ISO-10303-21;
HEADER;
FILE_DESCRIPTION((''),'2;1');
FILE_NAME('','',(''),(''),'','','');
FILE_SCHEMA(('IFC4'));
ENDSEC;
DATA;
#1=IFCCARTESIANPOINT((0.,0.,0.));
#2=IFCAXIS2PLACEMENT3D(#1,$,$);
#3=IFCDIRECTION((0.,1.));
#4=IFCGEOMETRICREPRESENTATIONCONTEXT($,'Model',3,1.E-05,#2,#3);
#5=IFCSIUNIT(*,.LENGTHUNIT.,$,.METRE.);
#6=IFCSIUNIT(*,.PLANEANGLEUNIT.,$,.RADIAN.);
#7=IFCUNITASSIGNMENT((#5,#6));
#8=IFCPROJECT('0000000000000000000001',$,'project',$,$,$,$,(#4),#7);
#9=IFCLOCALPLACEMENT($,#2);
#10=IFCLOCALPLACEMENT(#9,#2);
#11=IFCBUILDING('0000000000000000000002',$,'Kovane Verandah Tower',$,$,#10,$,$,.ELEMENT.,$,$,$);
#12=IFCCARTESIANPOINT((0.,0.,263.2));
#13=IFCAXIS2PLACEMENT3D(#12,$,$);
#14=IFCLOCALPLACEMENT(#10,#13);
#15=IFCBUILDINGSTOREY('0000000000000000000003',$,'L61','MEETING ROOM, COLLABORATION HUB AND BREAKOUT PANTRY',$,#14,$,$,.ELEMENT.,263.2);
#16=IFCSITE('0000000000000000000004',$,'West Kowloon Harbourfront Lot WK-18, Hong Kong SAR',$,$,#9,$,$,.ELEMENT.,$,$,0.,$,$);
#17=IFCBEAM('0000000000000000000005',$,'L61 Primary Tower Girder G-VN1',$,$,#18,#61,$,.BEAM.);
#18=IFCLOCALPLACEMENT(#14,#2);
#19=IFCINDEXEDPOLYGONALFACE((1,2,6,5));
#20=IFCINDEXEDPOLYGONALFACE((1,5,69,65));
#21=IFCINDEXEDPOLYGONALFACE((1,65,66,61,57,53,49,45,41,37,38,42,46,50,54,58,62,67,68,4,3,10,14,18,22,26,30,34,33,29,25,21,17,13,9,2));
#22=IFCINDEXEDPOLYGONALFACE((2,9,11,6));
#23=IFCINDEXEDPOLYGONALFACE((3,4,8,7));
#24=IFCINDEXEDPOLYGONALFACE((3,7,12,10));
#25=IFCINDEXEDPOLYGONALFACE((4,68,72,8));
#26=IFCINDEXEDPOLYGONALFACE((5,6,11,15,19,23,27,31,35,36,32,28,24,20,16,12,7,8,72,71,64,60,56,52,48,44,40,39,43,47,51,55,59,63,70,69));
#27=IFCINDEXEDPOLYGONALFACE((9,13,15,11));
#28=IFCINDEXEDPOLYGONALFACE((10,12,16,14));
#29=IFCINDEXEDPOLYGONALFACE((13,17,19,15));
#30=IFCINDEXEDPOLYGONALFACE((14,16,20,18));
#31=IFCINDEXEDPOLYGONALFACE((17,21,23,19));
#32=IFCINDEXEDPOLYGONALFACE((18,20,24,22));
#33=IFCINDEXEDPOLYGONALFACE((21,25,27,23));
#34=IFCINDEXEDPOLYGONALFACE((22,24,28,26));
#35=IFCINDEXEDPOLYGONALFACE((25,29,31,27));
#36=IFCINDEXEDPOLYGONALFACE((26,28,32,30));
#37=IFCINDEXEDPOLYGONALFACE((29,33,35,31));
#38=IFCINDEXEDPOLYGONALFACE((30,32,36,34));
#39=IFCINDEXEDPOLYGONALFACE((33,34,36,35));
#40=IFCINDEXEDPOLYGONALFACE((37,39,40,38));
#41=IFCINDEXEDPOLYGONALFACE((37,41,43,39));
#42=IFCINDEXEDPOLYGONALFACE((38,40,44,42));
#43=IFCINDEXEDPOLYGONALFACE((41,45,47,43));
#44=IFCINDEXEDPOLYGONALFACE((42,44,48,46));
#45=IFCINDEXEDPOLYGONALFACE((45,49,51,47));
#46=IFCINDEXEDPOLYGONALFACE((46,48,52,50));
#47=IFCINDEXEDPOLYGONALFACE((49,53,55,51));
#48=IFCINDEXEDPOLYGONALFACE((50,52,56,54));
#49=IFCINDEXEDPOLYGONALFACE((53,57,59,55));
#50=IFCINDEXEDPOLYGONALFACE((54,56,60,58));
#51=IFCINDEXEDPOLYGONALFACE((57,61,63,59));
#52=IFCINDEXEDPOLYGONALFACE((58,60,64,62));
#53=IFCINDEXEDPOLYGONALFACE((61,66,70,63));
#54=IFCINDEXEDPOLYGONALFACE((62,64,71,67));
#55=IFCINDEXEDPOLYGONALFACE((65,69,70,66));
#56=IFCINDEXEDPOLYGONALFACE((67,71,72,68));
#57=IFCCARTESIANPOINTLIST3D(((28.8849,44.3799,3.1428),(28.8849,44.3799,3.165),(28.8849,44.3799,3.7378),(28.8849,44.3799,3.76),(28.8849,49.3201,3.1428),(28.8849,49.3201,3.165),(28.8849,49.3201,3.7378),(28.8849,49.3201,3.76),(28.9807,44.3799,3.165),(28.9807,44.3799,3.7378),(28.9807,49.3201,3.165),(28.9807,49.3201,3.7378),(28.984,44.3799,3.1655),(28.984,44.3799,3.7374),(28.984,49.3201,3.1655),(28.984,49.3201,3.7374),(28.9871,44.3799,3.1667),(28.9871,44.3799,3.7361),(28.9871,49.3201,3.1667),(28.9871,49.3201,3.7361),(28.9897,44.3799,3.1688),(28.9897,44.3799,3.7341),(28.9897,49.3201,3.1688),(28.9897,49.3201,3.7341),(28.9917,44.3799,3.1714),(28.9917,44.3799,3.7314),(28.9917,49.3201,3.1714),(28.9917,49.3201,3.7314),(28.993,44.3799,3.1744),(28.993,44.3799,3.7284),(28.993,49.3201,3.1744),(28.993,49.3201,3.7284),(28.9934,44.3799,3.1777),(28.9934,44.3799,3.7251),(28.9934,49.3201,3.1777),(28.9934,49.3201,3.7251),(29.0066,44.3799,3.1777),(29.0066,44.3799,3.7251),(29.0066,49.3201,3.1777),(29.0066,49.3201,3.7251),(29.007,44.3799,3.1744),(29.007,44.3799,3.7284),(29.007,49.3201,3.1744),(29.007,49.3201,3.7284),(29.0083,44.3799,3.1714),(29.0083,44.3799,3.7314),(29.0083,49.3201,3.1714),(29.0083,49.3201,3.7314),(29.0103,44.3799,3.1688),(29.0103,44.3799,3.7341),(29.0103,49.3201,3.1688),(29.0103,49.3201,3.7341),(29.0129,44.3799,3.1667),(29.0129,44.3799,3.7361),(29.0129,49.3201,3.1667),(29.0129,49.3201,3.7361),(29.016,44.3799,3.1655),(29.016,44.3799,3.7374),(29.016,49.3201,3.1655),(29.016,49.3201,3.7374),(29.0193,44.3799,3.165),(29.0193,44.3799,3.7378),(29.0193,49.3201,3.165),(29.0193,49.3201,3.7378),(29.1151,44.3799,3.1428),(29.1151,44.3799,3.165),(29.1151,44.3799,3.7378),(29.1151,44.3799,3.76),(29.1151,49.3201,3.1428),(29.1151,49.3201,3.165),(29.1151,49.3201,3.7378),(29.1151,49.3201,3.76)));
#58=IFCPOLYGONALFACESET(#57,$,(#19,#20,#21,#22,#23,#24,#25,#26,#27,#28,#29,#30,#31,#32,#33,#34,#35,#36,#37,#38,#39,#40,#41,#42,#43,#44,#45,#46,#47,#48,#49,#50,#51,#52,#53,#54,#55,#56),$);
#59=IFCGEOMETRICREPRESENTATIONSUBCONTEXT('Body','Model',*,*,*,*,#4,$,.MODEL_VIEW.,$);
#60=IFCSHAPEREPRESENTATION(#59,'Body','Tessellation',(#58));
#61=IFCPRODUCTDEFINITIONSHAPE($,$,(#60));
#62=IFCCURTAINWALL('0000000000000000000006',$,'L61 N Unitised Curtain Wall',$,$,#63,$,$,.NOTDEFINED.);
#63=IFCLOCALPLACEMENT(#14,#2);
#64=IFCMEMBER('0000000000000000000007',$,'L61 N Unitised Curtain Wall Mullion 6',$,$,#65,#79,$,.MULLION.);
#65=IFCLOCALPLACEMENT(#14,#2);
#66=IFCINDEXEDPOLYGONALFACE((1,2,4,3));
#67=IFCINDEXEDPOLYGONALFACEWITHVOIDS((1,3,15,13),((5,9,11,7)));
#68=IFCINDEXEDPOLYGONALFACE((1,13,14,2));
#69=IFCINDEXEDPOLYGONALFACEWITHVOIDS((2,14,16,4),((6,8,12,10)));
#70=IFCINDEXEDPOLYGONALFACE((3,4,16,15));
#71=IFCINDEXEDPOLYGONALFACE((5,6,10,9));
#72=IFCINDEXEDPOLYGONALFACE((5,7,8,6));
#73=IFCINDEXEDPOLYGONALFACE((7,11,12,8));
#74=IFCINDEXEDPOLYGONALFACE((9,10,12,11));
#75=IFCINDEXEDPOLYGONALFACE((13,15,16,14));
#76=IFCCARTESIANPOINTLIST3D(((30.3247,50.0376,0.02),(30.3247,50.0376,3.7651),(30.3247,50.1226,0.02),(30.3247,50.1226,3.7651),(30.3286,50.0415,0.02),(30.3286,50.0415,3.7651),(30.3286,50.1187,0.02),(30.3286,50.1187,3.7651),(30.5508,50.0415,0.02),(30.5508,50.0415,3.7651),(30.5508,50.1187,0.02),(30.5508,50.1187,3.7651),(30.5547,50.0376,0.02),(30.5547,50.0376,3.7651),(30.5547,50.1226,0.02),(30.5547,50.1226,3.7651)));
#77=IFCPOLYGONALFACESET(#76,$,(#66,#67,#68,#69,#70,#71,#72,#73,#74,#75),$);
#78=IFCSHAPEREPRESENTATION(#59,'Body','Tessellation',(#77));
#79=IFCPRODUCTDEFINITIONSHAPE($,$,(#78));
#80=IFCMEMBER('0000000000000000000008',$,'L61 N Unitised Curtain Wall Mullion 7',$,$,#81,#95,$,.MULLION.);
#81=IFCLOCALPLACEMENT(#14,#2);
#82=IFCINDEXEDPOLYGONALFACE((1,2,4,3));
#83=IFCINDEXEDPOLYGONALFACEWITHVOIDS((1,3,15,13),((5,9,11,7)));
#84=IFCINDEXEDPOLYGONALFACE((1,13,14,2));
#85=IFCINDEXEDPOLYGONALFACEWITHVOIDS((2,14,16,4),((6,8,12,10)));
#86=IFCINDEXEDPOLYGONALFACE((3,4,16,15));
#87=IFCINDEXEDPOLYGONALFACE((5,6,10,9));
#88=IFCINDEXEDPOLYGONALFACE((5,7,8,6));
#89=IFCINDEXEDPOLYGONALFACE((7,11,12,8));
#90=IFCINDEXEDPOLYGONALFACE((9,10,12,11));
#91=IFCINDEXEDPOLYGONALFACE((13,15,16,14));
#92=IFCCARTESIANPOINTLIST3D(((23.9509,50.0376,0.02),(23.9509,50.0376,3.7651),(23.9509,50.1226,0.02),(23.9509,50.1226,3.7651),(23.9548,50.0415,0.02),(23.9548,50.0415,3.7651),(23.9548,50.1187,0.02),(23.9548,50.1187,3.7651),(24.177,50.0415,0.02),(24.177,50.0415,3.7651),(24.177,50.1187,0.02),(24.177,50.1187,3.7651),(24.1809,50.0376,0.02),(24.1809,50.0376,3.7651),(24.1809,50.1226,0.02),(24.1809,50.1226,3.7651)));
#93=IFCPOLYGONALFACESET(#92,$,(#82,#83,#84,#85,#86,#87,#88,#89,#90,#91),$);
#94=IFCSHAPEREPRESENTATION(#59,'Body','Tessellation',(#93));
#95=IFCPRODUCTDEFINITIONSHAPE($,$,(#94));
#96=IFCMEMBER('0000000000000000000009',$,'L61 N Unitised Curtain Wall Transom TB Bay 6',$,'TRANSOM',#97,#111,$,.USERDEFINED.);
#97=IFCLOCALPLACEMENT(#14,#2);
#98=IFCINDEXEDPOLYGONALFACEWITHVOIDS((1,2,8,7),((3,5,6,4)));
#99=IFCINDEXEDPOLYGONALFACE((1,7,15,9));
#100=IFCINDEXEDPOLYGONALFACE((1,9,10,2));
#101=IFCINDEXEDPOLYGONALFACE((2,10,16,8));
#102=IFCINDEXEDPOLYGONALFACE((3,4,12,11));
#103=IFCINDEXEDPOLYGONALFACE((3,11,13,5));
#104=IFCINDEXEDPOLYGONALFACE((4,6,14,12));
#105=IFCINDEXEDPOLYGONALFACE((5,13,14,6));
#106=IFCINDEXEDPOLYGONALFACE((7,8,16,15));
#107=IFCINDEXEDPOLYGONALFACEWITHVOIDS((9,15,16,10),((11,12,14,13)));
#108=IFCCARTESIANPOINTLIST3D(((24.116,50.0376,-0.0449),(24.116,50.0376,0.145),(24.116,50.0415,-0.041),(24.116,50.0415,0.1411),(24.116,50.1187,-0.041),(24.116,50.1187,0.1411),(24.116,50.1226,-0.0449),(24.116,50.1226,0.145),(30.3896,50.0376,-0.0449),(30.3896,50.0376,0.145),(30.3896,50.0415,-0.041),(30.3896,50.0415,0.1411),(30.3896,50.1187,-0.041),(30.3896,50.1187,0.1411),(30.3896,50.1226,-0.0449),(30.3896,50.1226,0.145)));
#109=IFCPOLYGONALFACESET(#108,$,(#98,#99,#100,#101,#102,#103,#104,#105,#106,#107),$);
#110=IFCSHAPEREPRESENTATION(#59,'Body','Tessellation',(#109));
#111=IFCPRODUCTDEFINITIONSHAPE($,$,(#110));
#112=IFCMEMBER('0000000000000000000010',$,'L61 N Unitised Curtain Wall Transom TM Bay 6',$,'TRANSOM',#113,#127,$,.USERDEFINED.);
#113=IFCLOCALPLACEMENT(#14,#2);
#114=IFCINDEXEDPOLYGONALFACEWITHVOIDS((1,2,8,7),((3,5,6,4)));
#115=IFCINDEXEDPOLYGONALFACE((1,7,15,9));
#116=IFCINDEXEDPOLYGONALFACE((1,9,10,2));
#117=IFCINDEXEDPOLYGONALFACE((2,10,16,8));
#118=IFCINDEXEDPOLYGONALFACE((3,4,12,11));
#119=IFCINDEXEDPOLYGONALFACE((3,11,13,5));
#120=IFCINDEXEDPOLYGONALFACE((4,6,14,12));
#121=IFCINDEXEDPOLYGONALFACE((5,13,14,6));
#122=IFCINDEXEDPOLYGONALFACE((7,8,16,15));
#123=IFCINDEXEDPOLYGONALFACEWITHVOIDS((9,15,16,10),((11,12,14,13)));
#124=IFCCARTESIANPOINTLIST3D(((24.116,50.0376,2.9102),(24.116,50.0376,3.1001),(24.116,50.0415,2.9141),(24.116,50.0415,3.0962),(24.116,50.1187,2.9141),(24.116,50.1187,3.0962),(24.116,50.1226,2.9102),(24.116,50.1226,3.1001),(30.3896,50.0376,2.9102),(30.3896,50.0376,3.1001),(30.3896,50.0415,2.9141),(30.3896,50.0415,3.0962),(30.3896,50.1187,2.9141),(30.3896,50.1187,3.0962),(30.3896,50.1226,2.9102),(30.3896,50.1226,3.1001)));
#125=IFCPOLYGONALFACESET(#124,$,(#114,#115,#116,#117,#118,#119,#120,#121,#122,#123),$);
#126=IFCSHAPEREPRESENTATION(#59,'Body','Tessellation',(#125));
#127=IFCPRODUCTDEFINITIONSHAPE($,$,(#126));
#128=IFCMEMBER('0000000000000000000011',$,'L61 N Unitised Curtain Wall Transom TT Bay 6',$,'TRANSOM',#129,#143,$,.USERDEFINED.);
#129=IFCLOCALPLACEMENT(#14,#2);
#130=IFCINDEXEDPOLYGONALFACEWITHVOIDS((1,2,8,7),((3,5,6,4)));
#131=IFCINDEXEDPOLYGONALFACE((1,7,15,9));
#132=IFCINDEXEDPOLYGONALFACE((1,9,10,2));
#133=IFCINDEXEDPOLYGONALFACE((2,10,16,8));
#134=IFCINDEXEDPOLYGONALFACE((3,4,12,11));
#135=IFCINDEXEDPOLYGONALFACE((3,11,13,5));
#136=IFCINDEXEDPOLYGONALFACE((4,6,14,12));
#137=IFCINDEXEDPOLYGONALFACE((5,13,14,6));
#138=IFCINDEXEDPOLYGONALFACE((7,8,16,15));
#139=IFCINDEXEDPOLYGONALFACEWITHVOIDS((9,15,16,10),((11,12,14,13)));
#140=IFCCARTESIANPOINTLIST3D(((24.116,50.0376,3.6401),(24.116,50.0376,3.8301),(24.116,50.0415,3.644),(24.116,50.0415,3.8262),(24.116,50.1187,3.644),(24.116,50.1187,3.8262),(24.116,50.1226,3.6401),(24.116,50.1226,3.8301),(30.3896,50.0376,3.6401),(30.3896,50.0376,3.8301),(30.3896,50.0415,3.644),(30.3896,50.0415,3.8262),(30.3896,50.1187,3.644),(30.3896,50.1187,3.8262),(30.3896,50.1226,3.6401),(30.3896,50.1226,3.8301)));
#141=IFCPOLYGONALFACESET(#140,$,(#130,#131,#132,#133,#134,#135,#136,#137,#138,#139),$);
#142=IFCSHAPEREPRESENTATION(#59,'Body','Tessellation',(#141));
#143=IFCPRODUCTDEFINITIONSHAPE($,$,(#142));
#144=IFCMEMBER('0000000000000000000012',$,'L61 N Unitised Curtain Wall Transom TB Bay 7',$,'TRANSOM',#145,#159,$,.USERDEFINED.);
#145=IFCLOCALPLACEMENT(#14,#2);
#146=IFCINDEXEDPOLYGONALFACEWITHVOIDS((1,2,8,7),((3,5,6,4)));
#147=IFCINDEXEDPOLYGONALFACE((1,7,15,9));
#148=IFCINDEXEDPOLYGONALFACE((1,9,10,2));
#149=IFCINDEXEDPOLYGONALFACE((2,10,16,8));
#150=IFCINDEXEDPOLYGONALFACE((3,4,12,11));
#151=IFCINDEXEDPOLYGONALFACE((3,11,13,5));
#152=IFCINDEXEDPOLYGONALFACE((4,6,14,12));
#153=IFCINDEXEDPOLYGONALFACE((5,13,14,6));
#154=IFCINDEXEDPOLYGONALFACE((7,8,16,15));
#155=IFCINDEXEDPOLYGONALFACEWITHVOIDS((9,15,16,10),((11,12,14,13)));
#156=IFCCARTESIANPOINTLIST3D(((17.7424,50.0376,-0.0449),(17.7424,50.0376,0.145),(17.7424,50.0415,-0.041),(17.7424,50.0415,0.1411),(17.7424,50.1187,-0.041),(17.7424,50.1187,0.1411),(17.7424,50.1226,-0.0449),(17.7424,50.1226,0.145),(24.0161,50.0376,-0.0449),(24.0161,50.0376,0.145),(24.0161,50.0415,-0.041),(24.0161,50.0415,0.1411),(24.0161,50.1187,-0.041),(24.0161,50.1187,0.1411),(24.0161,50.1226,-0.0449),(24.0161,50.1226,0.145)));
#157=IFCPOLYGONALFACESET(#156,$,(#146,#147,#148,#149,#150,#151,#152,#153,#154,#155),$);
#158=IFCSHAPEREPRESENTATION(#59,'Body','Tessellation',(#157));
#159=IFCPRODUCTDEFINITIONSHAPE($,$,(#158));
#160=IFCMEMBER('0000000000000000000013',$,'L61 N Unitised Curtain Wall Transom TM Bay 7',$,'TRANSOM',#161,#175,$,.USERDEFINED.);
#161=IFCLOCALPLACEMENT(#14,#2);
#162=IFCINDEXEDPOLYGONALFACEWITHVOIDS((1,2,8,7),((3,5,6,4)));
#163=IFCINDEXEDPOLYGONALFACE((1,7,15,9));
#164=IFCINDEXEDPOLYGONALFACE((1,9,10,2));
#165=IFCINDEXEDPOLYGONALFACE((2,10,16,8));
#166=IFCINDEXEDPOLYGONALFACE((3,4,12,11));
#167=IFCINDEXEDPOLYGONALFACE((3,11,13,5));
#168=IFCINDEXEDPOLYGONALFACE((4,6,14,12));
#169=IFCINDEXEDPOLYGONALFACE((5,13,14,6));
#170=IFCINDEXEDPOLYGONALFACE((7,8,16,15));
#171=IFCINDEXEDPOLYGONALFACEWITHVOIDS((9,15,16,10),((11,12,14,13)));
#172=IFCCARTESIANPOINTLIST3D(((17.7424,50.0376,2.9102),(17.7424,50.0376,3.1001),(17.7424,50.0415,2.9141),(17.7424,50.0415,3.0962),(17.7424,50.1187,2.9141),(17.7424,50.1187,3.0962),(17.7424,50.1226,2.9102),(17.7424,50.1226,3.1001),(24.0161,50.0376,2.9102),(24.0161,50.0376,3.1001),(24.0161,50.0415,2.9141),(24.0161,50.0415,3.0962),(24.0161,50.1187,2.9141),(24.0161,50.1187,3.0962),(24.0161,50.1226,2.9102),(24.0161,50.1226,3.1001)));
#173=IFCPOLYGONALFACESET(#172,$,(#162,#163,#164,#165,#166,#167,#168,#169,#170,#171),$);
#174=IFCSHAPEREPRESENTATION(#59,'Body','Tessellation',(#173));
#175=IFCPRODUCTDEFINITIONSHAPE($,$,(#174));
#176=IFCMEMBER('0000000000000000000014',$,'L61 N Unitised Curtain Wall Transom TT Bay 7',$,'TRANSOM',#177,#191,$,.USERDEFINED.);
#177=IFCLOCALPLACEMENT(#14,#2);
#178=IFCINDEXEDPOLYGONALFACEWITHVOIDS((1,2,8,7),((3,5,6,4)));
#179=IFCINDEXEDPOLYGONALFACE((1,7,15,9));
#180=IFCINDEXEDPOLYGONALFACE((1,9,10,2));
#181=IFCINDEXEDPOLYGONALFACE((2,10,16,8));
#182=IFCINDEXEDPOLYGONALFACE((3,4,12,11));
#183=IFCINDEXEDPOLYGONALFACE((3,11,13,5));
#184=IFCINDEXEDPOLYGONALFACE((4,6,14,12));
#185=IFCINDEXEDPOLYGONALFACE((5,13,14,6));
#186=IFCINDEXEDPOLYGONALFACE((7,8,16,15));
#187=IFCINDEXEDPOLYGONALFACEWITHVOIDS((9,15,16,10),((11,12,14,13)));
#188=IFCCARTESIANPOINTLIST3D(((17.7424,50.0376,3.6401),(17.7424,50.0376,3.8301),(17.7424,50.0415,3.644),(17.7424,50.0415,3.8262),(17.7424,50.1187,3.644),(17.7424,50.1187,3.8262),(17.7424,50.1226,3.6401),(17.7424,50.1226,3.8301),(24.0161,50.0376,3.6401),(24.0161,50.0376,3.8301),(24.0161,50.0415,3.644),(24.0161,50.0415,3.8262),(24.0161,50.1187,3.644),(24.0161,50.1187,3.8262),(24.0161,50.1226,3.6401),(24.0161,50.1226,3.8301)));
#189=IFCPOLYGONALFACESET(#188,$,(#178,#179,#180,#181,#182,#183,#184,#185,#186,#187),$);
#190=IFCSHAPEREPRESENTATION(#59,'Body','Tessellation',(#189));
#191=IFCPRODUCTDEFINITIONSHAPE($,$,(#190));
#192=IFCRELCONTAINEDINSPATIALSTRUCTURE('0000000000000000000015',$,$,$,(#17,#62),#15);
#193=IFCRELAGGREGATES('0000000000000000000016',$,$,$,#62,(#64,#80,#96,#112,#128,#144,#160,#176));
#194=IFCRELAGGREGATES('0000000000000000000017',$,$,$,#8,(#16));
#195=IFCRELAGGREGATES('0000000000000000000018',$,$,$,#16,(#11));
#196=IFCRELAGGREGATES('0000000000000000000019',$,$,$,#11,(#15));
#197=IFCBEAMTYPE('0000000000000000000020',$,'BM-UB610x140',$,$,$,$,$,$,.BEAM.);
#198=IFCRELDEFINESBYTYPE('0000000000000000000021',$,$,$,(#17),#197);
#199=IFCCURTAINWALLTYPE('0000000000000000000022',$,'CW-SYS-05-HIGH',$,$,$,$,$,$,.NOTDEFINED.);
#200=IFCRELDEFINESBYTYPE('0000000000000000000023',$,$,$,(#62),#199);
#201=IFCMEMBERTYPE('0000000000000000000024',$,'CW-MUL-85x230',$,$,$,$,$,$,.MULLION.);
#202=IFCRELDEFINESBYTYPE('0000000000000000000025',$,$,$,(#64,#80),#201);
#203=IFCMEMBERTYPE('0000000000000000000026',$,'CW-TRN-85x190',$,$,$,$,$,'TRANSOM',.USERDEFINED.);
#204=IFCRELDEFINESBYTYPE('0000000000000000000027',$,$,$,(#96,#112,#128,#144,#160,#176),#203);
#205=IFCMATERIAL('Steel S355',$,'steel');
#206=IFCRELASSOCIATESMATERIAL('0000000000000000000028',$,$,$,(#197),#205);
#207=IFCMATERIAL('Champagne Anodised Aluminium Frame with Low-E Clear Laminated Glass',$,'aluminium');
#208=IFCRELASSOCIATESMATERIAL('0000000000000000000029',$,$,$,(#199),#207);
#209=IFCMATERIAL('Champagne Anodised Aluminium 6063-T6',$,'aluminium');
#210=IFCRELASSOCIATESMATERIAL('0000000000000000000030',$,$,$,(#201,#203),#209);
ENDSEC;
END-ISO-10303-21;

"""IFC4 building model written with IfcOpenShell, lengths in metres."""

from ifc_helpers import new_model, si_unit, direction, frame, origin, origin_2d, place, context, subcontext, project, spatial, hollow_rectangle, i_section, extrude, material, material_profile, profile_set, type_object, element, aggregate, save


model = new_model("IFC4")

# Units and contexts
model_context = context("Model", 3, precision=1e-05, world=origin(), true_north=direction((0.0, 1.0)))
body_context = subcontext(model_context, "Body", "Model", "MODEL_VIEW")
ifc_project = project(units=[si_unit("LENGTHUNIT", "METRE"), si_unit("PLANEANGLEUNIT", "RADIAN")], contexts=[model_context])

# Site, building, storey
site_placement = place(None, origin())
site = spatial("IfcSite", under=ifc_project, at=site_placement, Name="West Kowloon Harbourfront Lot WK-18, Hong Kong SAR", CompositionType="ELEMENT", RefElevation=0.0)
building_placement = place(site_placement, origin())
building = spatial("IfcBuilding", under=site, at=building_placement, Name="Kovane Verandah Tower", CompositionType="ELEMENT")
storey_placement = place(building_placement, frame((0.0, 0.0, 263.2)))
storey = spatial("IfcBuildingStorey", under=building, at=storey_placement, Name="L61", Description="MEETING ROOM, COLLABORATION HUB AND BREAKOUT PANTRY", CompositionType="ELEMENT", Elevation=263.2)

# Beam
ifc_material_1 = material(Name="Steel S355", Category="steel")
ifc_material_profile_1 = material_profile(ifc_material_1, i_section(OverallWidth=0.2302, OverallDepth=0.6172, WebThickness=0.0132, FlangeThickness=0.0222, FilletRadius=0.0127, at=origin_2d()), Name="UB610x229x140")
ifc_profile_set_1 = profile_set([ifc_material_profile_1], Name="Steel S355")
beam_type_1 = type_object("IfcBeamType", Name="BM-UB610x140", PredefinedType="BEAM", material=ifc_profile_set_1)
beam_1_placement = place(storey_placement, frame((29.0, 44.3799, 3.4514), z_axis=(0.0, 1.0, 0.0), x_axis=(-1.0, 0.0, 0.0)))
element("IfcBeam", 1, at=beam_1_placement, inside=storey, type_object=beam_type_1, Name="L61 Primary Tower Girder G-VN1", PredefinedType="BEAM", context=body_context, shape_type="SweptSolid", body=[
    extrude(i_section(OverallWidth=0.2302, OverallDepth=0.6172, WebThickness=0.0132, FlangeThickness=0.0222, FilletRadius=0.0127, at=origin_2d()), origin(), (0.0, 0.0, 1.0), 4.9402),
])

# Curtain wall, members
ifc_material_2 = material(Name="Champagne Anodised Aluminium Frame with Low-E Clear Laminated Glass", Category="aluminium")
curtain_wall_type = type_object("IfcCurtainWallType", Name="CW-SYS-05-HIGH", PredefinedType="NOTDEFINED", material=ifc_material_2)
curtain_wall_placement = place(storey_placement, origin())
curtain_wall = element("IfcCurtainWall", 2, at=curtain_wall_placement, inside=storey, type_object=curtain_wall_type, Name="L61 N Unitised Curtain Wall", PredefinedType="NOTDEFINED")
ifc_material_3 = material(Name="Champagne Anodised Aluminium 6063-T6", Category="aluminium")
ifc_material_profile_2 = material_profile(ifc_material_3, hollow_rectangle(XDim=0.085, YDim=0.23, WallThickness=0.0039, at=origin_2d()), Name="AL85x230x4")
ifc_profile_set_2 = profile_set([ifc_material_profile_2], Name="Champagne Anodised Aluminium 6063-T6")
member_type_1 = type_object("IfcMemberType", Name="CW-MUL-85x230", PredefinedType="MULLION", material=ifc_profile_set_2)
member_1_placement = place(storey_placement, frame((30.4397, 50.0801, 0.02), z_axis=(0.0, 0.0, 1.0), x_axis=(0.0, 1.0, 0.0)))
member_1 = element("IfcMember", 3, at=member_1_placement, type_object=member_type_1, Name="L61 N Unitised Curtain Wall Mullion 6", PredefinedType="MULLION", context=body_context, shape_type="SweptSolid", body=[
    extrude(hollow_rectangle(XDim=0.085, YDim=0.23, WallThickness=0.0039, at=origin_2d()), origin(), (0.0, 0.0, 1.0), 3.7451),
])
member_2_placement = place(storey_placement, frame((24.0659, 50.0801, 0.02), z_axis=(0.0, 0.0, 1.0), x_axis=(0.0, 1.0, 0.0)))
member_2 = element("IfcMember", 4, at=member_2_placement, type_object=member_type_1, Name="L61 N Unitised Curtain Wall Mullion 7", PredefinedType="MULLION", context=body_context, shape_type="SweptSolid", body=[
    extrude(hollow_rectangle(XDim=0.085, YDim=0.23, WallThickness=0.0039, at=origin_2d()), origin(), (0.0, 0.0, 1.0), 3.7451),
])
ifc_material_profile_3 = material_profile(ifc_material_3, hollow_rectangle(XDim=0.085, YDim=0.1899, WallThickness=0.0039, at=origin_2d()), Name="AL85x190x4")
ifc_profile_set_3 = profile_set([ifc_material_profile_3], Name="Champagne Anodised Aluminium 6063-T6")
member_type_2 = type_object("IfcMemberType", Name="CW-TRN-85x190", ElementType="TRANSOM", PredefinedType="USERDEFINED", material=ifc_profile_set_3)
member_3_placement = place(storey_placement, frame((30.3896, 50.0801, 0.05), z_axis=(-1.0, 0.0, 0.0), x_axis=(0.0, -1.0, 0.0)))
member_3 = element("IfcMember", 5, at=member_3_placement, type_object=member_type_2, Name="L61 N Unitised Curtain Wall Transom TB Bay 6", ObjectType="TRANSOM", PredefinedType="USERDEFINED", context=body_context, shape_type="SweptSolid", body=[
    extrude(hollow_rectangle(XDim=0.085, YDim=0.1899, WallThickness=0.0039, at=origin_2d()), origin(), (0.0, 0.0, 1.0), 6.2737),
])
member_4_placement = place(storey_placement, frame((30.3896, 50.0801, 3.0051), z_axis=(-1.0, 0.0, 0.0), x_axis=(0.0, -1.0, 0.0)))
member_4 = element("IfcMember", 6, at=member_4_placement, type_object=member_type_2, Name="L61 N Unitised Curtain Wall Transom TM Bay 6", ObjectType="TRANSOM", PredefinedType="USERDEFINED", context=body_context, shape_type="SweptSolid", body=[
    extrude(hollow_rectangle(XDim=0.085, YDim=0.1899, WallThickness=0.0039, at=origin_2d()), origin(), (0.0, 0.0, 1.0), 6.2737),
])
member_5_placement = place(storey_placement, frame((30.3896, 50.0801, 3.7351), z_axis=(-1.0, 0.0, 0.0), x_axis=(0.0, -1.0, 0.0)))
member_5 = element("IfcMember", 7, at=member_5_placement, type_object=member_type_2, Name="L61 N Unitised Curtain Wall Transom TT Bay 6", ObjectType="TRANSOM", PredefinedType="USERDEFINED", context=body_context, shape_type="SweptSolid", body=[
    extrude(hollow_rectangle(XDim=0.085, YDim=0.1899, WallThickness=0.0039, at=origin_2d()), origin(), (0.0, 0.0, 1.0), 6.2737),
])
member_6_placement = place(storey_placement, frame((24.0161, 50.0801, 0.05), z_axis=(-1.0, 0.0, 0.0), x_axis=(0.0, -1.0, 0.0)))
member_6 = element("IfcMember", 8, at=member_6_placement, type_object=member_type_2, Name="L61 N Unitised Curtain Wall Transom TB Bay 7", ObjectType="TRANSOM", PredefinedType="USERDEFINED", context=body_context, shape_type="SweptSolid", body=[
    extrude(hollow_rectangle(XDim=0.085, YDim=0.1899, WallThickness=0.0039, at=origin_2d()), origin(), (0.0, 0.0, 1.0), 6.2737),
])
member_7_placement = place(storey_placement, frame((24.0161, 50.0801, 3.0051), z_axis=(-1.0, 0.0, 0.0), x_axis=(0.0, -1.0, 0.0)))
member_7 = element("IfcMember", 9, at=member_7_placement, type_object=member_type_2, Name="L61 N Unitised Curtain Wall Transom TM Bay 7", ObjectType="TRANSOM", PredefinedType="USERDEFINED", context=body_context, shape_type="SweptSolid", body=[
    extrude(hollow_rectangle(XDim=0.085, YDim=0.1899, WallThickness=0.0039, at=origin_2d()), origin(), (0.0, 0.0, 1.0), 6.2737),
])
member_8_placement = place(storey_placement, frame((24.0161, 50.0801, 3.7351), z_axis=(-1.0, 0.0, 0.0), x_axis=(0.0, -1.0, 0.0)))
member_8 = element("IfcMember", 10, at=member_8_placement, type_object=member_type_2, Name="L61 N Unitised Curtain Wall Transom TT Bay 7", ObjectType="TRANSOM", PredefinedType="USERDEFINED", context=body_context, shape_type="SweptSolid", body=[
    extrude(hollow_rectangle(XDim=0.085, YDim=0.1899, WallThickness=0.0039, at=origin_2d()), origin(), (0.0, 0.0, 1.0), 6.2737),
])

aggregate(curtain_wall, [member_1, member_2, member_3, member_4, member_5, member_6, member_7, member_8])

save(model, "model.ifc")
